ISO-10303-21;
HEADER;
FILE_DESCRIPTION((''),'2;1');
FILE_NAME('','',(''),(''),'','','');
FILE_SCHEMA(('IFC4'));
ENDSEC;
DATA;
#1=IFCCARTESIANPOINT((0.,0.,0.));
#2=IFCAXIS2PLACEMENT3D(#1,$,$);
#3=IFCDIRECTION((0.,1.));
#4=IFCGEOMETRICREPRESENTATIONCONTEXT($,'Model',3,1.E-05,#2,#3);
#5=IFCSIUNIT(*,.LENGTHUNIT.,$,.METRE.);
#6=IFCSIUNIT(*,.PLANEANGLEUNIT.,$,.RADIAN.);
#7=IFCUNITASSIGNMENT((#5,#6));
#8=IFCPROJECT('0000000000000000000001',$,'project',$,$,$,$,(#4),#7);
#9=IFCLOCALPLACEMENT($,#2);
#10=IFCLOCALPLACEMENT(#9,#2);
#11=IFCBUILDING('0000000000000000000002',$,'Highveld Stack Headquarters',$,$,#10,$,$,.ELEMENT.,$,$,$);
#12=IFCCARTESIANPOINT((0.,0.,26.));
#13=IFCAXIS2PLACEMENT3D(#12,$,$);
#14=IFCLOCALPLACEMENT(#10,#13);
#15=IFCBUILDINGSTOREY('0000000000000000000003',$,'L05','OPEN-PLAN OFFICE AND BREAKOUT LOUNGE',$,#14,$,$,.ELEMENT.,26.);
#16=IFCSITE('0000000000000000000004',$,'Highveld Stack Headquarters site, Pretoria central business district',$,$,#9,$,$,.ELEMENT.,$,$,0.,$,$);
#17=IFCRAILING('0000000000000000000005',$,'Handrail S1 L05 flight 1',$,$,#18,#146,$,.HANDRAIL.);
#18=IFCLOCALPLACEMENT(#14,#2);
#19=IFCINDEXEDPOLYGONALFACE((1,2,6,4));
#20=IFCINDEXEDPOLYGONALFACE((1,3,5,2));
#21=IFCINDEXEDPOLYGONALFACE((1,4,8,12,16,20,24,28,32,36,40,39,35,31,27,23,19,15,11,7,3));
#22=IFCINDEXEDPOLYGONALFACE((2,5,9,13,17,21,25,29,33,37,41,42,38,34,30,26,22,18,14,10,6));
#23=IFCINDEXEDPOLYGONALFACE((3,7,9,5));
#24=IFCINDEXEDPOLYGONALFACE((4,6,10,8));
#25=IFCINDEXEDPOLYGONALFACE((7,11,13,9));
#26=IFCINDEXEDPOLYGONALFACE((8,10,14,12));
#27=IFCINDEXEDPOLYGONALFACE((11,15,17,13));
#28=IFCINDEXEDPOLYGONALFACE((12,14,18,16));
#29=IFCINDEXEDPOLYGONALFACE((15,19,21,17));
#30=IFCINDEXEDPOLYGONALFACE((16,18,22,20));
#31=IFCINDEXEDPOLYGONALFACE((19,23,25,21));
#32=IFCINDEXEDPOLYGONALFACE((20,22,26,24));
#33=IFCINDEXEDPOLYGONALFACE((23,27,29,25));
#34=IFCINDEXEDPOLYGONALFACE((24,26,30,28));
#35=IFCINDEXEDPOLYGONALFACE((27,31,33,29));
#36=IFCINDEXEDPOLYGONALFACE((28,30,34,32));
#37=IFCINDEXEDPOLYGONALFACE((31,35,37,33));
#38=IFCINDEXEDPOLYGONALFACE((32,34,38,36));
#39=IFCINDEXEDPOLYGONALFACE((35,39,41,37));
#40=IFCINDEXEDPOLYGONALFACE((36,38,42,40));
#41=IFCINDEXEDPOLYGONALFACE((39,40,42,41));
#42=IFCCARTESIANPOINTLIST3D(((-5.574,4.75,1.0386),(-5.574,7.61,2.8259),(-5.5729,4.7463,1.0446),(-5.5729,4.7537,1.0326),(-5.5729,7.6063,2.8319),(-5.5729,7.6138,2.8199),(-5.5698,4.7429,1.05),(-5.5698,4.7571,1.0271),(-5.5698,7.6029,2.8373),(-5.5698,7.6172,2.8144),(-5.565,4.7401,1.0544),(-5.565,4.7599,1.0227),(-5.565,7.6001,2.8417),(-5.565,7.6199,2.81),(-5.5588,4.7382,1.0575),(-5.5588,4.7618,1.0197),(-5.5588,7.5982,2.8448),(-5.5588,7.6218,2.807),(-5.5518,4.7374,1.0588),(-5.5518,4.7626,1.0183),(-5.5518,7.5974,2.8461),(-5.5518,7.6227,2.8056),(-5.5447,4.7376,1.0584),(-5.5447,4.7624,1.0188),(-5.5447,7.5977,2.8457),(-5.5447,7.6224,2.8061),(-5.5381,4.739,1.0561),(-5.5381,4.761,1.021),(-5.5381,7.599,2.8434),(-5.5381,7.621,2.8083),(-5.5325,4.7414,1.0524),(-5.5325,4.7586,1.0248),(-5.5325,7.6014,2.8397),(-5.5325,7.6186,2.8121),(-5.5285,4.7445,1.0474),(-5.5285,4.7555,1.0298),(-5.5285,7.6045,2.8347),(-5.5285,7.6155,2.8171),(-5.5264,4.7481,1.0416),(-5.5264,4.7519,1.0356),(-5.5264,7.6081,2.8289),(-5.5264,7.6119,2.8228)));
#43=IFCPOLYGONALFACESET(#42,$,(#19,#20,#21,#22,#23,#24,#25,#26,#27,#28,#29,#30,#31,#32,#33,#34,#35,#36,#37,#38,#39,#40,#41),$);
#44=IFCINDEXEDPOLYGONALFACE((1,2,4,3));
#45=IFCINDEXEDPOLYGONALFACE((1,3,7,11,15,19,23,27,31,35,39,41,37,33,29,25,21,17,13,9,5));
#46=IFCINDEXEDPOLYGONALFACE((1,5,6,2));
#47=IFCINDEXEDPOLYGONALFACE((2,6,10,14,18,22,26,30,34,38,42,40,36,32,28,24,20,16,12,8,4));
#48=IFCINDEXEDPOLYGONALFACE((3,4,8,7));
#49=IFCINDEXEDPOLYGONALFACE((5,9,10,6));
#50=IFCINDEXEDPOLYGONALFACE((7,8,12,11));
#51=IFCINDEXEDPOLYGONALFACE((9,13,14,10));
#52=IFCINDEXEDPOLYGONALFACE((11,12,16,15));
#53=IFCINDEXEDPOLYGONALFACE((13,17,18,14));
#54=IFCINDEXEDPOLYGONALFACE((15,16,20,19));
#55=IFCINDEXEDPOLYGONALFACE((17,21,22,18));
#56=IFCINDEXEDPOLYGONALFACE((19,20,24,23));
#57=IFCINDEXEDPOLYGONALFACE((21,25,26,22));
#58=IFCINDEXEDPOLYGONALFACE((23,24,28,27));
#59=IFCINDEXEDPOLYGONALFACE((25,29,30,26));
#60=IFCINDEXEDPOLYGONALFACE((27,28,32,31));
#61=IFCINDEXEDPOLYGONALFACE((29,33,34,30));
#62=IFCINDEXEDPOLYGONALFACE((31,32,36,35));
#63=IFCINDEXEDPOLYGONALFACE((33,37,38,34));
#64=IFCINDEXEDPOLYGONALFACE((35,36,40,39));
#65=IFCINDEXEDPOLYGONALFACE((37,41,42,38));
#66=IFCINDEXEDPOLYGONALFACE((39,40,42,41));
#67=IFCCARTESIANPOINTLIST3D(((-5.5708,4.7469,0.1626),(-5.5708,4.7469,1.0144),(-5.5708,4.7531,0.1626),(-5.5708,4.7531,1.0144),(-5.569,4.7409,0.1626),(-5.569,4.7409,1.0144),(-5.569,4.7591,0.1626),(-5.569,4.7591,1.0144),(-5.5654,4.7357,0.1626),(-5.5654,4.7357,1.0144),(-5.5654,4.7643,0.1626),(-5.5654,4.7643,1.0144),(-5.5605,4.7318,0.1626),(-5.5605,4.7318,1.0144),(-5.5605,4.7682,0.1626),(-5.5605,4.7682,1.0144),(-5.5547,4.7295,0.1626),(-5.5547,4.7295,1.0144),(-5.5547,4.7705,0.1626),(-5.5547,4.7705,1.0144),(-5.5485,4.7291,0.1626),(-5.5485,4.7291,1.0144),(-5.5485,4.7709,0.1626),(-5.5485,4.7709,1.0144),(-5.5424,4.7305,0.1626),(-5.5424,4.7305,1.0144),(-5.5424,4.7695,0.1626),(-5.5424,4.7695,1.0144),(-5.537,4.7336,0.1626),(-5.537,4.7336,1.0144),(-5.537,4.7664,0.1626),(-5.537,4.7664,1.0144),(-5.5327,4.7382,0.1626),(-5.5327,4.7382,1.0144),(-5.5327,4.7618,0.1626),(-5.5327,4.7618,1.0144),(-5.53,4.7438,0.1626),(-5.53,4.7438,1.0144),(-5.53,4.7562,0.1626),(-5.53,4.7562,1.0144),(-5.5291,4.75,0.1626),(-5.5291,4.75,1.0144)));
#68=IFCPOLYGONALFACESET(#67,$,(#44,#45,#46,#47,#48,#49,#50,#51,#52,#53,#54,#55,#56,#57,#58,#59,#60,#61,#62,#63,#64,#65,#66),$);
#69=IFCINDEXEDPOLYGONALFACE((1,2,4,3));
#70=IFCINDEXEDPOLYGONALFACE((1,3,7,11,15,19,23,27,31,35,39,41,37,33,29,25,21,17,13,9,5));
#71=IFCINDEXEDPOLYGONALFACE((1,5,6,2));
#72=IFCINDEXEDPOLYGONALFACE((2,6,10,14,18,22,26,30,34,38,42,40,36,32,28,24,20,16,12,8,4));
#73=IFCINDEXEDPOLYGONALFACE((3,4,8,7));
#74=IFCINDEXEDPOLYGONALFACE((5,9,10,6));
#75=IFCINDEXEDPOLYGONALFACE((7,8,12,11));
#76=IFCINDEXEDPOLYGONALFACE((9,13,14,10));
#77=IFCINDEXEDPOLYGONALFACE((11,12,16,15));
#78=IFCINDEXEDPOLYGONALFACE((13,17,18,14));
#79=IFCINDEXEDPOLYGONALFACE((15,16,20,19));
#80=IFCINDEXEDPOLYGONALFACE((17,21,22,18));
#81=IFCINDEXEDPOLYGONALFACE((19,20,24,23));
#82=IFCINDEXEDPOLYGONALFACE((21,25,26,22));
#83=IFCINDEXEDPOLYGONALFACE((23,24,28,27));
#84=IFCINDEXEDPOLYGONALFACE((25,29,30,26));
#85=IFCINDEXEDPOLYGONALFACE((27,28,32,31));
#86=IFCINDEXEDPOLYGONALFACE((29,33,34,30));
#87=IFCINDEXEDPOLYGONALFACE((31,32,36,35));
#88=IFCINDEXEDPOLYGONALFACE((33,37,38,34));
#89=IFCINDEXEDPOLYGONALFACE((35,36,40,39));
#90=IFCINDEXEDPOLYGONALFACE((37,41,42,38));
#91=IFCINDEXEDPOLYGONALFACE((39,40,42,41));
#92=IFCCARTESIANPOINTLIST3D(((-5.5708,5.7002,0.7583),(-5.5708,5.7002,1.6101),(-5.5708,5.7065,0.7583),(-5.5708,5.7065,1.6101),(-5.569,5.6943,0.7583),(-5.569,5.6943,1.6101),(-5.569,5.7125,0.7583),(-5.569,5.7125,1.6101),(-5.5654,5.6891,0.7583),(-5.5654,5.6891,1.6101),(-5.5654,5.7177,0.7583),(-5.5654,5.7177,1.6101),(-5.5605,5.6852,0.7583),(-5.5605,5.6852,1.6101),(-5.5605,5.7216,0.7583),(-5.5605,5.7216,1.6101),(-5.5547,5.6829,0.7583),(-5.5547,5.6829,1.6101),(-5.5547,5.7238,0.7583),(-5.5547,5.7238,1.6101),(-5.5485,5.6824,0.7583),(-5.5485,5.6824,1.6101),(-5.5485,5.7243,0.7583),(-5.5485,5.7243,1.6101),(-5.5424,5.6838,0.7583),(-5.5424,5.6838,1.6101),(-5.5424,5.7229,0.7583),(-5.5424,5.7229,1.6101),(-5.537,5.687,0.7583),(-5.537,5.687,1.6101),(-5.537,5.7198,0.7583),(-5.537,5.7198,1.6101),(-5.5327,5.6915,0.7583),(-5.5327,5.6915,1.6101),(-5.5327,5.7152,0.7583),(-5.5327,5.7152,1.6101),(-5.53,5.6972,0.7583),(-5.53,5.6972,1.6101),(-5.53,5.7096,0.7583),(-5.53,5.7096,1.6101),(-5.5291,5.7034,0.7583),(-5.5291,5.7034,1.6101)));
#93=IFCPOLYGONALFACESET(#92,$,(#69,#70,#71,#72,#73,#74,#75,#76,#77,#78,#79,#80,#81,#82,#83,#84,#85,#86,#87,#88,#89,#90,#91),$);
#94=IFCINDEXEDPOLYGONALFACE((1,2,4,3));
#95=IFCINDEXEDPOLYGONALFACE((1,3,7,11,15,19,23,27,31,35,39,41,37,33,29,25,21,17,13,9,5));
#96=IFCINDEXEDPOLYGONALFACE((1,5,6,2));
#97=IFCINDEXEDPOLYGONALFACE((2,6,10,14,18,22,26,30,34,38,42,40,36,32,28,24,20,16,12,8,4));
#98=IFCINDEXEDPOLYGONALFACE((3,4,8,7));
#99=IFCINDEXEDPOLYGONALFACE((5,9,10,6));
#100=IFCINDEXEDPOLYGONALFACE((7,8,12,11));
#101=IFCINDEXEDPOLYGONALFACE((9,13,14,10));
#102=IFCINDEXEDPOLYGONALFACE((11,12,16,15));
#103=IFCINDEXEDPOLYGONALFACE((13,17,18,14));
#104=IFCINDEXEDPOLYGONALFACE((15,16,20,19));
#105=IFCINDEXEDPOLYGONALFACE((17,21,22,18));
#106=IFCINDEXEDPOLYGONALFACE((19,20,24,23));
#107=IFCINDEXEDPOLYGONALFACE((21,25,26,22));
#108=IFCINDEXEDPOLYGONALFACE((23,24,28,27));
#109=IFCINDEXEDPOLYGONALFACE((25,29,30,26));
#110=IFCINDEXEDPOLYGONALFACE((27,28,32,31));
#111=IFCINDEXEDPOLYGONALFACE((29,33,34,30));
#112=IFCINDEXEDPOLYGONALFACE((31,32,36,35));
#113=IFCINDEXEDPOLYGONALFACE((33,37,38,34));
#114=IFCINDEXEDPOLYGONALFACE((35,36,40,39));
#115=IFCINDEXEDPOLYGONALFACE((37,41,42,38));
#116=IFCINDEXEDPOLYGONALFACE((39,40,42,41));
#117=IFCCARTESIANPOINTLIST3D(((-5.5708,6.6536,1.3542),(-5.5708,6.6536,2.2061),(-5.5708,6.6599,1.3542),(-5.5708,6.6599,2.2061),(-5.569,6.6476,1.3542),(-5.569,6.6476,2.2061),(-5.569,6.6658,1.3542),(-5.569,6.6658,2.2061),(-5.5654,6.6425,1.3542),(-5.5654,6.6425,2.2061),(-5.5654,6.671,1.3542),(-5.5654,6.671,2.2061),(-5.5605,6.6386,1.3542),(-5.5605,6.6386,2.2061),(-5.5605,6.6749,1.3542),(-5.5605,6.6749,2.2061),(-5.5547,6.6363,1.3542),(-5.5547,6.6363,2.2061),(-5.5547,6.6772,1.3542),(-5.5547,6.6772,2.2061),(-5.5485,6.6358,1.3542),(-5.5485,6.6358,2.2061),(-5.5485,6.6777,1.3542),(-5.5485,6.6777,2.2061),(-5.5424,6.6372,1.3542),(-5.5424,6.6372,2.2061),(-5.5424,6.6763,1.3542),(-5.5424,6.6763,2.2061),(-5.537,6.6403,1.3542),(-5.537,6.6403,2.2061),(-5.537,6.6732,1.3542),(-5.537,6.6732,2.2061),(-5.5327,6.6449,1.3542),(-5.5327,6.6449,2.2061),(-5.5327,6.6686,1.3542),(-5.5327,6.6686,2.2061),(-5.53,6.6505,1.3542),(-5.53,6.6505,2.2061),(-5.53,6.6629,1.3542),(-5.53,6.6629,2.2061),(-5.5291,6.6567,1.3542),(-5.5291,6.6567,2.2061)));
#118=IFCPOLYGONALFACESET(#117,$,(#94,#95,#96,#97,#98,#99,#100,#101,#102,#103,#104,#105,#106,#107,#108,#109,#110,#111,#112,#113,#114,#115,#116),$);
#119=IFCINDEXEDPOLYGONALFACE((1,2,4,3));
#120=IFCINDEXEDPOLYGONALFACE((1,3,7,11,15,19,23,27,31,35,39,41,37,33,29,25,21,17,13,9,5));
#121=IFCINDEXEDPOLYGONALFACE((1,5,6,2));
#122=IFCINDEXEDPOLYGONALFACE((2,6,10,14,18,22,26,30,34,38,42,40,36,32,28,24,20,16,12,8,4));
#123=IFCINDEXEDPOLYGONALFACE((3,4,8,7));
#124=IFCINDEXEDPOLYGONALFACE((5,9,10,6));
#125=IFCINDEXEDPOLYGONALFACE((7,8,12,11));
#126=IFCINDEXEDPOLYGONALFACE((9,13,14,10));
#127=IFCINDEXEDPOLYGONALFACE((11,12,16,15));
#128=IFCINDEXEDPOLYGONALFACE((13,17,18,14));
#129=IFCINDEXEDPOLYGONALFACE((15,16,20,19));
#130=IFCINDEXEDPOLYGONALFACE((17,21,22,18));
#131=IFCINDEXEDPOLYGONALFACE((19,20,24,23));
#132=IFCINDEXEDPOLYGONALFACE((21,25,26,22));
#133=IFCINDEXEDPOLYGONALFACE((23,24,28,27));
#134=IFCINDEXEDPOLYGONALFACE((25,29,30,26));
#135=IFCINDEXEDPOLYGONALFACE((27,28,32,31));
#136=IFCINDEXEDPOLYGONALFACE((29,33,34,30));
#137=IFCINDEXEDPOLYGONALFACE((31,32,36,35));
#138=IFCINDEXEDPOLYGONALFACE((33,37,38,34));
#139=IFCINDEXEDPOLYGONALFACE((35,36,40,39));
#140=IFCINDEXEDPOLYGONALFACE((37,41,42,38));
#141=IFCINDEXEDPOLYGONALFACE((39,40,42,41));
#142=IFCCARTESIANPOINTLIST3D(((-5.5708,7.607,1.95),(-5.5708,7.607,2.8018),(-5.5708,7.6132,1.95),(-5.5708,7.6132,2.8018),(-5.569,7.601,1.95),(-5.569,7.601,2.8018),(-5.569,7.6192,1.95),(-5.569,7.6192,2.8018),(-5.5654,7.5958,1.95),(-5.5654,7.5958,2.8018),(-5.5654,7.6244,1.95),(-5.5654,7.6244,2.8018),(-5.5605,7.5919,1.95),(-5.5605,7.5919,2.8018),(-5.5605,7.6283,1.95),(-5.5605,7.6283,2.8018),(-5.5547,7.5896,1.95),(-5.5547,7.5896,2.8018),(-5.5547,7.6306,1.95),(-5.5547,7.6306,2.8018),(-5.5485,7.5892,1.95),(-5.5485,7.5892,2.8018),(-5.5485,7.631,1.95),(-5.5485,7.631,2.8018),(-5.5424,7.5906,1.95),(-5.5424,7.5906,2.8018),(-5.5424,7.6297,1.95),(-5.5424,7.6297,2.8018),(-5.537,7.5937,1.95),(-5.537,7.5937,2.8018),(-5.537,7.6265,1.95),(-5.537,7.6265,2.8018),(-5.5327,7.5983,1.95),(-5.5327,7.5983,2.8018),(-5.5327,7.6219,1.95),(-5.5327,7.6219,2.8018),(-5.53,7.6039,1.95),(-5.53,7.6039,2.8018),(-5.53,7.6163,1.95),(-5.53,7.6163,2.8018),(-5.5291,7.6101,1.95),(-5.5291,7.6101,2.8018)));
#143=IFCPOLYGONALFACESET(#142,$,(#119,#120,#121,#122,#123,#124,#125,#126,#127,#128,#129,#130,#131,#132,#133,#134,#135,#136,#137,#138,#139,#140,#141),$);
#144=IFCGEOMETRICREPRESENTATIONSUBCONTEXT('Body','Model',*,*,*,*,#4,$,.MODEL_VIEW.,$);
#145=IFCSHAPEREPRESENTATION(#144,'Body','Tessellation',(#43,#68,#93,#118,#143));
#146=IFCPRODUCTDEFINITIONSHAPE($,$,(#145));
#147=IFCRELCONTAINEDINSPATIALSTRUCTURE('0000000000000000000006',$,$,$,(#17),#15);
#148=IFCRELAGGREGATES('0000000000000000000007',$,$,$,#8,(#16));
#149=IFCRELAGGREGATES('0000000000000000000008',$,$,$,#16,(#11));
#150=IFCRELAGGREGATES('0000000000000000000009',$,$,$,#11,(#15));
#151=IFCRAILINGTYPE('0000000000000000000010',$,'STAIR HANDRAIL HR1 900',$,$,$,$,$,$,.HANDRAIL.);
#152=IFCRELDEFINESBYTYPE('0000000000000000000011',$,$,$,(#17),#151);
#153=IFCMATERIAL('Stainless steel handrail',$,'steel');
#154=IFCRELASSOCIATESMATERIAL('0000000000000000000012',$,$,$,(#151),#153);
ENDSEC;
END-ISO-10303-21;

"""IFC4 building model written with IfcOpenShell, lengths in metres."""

from ifc_helpers import new_model, si_unit, direction, frame, origin, origin_2d, place, context, subcontext, project, spatial, circle, extrude, material, type_object, element, save


model = new_model("IFC4")

# Units and contexts
model_context = context("Model", 3, precision=1e-05, world=origin(), true_north=direction((0.0, 1.0)))
body_context = subcontext(model_context, "Body", "Model", "MODEL_VIEW")
ifc_project = project(units=[si_unit("LENGTHUNIT", "METRE"), si_unit("PLANEANGLEUNIT", "RADIAN")], contexts=[model_context])

# Site, building, storey
site_placement = place(None, origin())
site = spatial("IfcSite", under=ifc_project, at=site_placement, Name="Highveld Stack Headquarters site, Pretoria central business district", CompositionType="ELEMENT", RefElevation=0.0)
building_placement = place(site_placement, origin())
building = spatial("IfcBuilding", under=site, at=building_placement, Name="Highveld Stack Headquarters", CompositionType="ELEMENT")
storey_placement = place(building_placement, frame((0.0, 0.0, 26.0)))
storey = spatial("IfcBuildingStorey", under=building, at=storey_placement, Name="L05", Description="OPEN-PLAN OFFICE AND BREAKOUT LOUNGE", CompositionType="ELEMENT", Elevation=26.0)

# Railing
ifc_material_1 = material(Name="Stainless steel handrail", Category="steel")
railing_type = type_object("IfcRailingType", Name="STAIR HANDRAIL HR1 900", PredefinedType="HANDRAIL", material=ifc_material_1)
for number, where, name in (
    (1, (-5.55, 4.75, 0.1626), "Handrail S1 L05 flight 1"),
):
    element("IfcRailing", number, at=place(storey_placement, frame(where)), inside=storey, type_object=railing_type, Name=name, PredefinedType="HANDRAIL", context=body_context, shape_type="SweptSolid", body=[
        extrude(circle(Radius=0.0239, at=origin_2d()), frame((0.0, 0.0, 0.876), z_axis=(0.0, 0.848027, 0.529953), x_axis=(-1.0, 0.0, 0.0)), (0.0, 0.0, 1.0), 3.3726),
        extrude(circle(Radius=0.021, at=origin_2d()), origin(), (0.0, 0.0, 1.0), 0.8518),
        extrude(circle(Radius=0.021, at=origin_2d()), frame((0.0, 0.9534, 0.5957)), (0.0, 0.0, 1.0), 0.8518),
        extrude(circle(Radius=0.021, at=origin_2d()), frame((0.0, 1.9067, 1.1917)), (0.0, 0.0, 1.0), 0.8518),
        extrude(circle(Radius=0.021, at=origin_2d()), frame((0.0, 2.8601, 1.7874)), (0.0, 0.0, 1.0), 0.8518),
    ])

save(model, "model.ifc")
